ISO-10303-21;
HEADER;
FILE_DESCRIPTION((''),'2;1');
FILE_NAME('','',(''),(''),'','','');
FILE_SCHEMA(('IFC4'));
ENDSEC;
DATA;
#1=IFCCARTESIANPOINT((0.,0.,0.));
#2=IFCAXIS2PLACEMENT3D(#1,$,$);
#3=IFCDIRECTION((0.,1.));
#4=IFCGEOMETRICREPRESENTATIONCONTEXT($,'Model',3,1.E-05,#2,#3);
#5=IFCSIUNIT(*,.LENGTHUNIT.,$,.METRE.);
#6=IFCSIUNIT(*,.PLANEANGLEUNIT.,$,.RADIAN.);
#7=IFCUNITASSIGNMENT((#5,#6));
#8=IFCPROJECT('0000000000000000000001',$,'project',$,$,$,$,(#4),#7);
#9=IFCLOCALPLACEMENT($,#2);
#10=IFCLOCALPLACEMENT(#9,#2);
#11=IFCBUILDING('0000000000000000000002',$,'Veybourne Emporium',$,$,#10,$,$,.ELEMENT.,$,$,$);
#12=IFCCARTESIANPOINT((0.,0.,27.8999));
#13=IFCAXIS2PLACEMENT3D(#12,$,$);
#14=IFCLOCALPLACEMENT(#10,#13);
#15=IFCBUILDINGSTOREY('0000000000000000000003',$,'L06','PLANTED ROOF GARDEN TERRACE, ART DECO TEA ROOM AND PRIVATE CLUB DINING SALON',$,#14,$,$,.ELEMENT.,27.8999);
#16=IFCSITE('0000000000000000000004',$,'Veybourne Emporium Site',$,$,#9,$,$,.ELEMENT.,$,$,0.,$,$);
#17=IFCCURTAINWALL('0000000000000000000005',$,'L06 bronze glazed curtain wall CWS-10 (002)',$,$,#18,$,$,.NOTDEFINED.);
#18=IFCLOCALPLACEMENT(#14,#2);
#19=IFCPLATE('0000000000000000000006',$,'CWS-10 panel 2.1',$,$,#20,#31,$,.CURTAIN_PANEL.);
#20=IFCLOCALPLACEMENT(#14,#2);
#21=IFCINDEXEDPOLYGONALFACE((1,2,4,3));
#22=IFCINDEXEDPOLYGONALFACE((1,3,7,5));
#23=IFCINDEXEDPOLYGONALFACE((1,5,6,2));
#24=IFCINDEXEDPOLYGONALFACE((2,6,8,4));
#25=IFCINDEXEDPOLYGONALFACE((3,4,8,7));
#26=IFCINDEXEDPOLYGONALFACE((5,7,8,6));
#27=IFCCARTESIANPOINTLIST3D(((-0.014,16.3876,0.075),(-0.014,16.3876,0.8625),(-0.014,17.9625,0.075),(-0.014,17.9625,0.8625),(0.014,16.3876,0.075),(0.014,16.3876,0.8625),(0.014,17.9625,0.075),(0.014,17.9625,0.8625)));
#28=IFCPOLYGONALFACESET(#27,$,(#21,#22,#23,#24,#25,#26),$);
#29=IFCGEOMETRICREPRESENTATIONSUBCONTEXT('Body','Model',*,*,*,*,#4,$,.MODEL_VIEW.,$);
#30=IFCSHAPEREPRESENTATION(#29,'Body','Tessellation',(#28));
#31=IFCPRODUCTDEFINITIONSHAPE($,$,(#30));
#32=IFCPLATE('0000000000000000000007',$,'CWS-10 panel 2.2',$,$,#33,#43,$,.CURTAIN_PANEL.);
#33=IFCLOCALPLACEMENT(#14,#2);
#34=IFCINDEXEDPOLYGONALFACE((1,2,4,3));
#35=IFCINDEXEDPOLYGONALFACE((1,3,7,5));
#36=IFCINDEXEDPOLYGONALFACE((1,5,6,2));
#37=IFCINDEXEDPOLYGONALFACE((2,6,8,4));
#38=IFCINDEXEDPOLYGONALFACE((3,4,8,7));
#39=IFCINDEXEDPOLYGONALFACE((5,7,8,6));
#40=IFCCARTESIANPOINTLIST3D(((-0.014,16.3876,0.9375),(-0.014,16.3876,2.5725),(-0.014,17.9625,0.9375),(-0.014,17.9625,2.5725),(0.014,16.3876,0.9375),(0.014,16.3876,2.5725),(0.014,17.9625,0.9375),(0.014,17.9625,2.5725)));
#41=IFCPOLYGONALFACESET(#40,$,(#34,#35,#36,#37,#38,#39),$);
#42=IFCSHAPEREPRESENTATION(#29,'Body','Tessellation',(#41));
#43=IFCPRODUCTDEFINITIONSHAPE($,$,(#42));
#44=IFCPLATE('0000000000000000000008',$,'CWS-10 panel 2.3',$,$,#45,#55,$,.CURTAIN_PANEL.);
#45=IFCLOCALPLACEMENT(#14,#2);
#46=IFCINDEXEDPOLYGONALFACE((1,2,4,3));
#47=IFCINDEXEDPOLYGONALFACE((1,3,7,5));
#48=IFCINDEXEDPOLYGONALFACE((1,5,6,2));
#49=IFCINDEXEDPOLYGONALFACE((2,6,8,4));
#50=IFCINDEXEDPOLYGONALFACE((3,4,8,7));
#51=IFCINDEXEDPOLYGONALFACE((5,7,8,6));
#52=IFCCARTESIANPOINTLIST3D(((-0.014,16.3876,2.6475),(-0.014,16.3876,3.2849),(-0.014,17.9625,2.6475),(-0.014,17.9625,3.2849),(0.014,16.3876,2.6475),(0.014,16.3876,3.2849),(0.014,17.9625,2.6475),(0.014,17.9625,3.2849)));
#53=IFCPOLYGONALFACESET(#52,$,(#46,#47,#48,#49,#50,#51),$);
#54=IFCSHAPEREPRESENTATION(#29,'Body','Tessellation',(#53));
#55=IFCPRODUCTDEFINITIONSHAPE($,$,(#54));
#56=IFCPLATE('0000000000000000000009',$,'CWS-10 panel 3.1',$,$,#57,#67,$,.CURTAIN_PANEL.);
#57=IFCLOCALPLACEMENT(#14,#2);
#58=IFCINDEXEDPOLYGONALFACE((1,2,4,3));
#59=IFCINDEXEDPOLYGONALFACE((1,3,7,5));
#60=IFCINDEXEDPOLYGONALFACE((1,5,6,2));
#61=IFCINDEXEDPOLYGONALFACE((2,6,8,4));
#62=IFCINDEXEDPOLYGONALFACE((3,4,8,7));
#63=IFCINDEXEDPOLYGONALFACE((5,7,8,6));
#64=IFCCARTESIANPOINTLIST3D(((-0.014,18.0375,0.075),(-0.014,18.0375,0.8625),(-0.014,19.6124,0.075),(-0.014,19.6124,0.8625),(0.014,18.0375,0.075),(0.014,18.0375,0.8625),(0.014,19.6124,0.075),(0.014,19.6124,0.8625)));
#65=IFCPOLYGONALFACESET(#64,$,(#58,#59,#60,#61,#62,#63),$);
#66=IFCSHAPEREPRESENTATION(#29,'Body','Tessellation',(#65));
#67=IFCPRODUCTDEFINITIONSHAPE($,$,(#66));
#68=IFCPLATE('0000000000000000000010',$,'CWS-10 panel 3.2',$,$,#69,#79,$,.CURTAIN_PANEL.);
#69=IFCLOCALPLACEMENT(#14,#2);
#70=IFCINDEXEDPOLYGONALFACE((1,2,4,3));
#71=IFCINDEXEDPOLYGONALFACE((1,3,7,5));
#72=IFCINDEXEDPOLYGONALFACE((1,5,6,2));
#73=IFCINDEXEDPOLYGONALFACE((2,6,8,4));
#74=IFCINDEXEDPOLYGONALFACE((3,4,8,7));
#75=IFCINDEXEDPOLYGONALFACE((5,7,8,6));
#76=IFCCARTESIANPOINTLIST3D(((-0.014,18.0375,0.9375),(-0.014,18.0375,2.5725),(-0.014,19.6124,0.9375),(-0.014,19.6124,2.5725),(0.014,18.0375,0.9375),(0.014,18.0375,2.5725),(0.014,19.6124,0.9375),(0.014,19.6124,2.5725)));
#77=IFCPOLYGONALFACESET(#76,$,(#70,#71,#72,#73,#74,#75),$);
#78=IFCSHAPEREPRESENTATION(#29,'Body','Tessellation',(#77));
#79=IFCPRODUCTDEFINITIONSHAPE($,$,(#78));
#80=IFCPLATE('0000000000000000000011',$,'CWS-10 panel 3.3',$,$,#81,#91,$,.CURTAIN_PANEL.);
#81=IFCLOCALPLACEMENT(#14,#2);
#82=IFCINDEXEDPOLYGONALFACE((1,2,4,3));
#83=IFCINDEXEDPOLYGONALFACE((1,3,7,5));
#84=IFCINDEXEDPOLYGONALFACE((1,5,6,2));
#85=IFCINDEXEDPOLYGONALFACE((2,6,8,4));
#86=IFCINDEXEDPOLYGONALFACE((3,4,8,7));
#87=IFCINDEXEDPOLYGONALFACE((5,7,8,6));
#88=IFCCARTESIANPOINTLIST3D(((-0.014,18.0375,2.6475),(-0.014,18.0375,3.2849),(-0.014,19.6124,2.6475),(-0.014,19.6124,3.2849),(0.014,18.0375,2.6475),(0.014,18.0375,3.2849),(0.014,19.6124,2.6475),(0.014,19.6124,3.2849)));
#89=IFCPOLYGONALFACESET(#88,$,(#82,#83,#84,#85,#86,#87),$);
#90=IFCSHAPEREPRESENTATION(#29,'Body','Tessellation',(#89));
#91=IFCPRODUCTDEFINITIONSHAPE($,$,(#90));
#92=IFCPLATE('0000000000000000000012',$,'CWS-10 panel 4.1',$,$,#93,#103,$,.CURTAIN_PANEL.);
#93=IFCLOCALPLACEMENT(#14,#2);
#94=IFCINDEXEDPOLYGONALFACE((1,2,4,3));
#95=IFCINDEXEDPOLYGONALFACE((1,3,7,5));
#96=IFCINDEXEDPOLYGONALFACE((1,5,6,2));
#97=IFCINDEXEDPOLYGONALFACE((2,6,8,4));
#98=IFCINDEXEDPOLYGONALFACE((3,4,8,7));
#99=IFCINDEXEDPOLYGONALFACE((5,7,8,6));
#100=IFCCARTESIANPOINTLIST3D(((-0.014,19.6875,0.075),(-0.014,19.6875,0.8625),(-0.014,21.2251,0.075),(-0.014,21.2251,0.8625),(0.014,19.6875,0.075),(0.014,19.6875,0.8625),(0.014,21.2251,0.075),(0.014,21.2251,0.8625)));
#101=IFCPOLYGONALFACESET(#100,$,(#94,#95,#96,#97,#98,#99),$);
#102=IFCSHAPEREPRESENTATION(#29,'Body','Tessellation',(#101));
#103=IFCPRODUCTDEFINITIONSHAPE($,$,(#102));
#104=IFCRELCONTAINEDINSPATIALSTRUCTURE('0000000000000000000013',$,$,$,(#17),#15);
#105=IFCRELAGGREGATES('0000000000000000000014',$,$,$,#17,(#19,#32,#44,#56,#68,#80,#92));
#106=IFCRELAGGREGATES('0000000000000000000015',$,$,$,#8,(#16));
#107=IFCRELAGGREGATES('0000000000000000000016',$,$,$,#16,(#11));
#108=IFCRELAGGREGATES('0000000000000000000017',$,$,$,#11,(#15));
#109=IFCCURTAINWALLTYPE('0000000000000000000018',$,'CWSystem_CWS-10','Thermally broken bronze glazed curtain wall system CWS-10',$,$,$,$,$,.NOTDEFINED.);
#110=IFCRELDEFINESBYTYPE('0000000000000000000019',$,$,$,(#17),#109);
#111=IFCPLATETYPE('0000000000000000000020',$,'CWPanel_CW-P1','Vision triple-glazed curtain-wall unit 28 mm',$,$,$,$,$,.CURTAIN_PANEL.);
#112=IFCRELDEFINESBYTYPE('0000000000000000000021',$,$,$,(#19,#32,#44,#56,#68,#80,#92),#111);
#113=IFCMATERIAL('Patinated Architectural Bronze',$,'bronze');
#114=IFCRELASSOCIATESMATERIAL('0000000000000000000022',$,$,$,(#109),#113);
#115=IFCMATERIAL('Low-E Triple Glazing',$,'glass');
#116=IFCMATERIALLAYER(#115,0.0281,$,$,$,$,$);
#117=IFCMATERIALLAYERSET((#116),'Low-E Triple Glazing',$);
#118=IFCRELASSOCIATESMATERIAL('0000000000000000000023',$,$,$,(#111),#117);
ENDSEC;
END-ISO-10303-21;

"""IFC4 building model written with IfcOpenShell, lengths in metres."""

from ifc_helpers import new_model, si_unit, direction, frame, origin, origin_2d, place, context, subcontext, project, spatial, rectangle, extrude, material, layer, layer_set, type_object, element, aggregate, save


model = new_model("IFC4")

# Units and contexts
model_context = context("Model", 3, precision=1e-05, world=origin(), true_north=direction((0.0, 1.0)))
body_context = subcontext(model_context, "Body", "Model", "MODEL_VIEW")
ifc_project = project(units=[si_unit("LENGTHUNIT", "METRE"), si_unit("PLANEANGLEUNIT", "RADIAN")], contexts=[model_context])

# Site, building, storey
site_placement = place(None, origin())
site = spatial("IfcSite", under=ifc_project, at=site_placement, Name="Veybourne Emporium Site", CompositionType="ELEMENT", RefElevation=0.0)
building_placement = place(site_placement, origin())
building = spatial("IfcBuilding", under=site, at=building_placement, Name="Veybourne Emporium", CompositionType="ELEMENT")
storey_placement = place(building_placement, frame((0.0, 0.0, 27.8999)))
storey = spatial("IfcBuildingStorey", under=building, at=storey_placement, Name="L06", Description="PLANTED ROOF GARDEN TERRACE, ART DECO TEA ROOM AND PRIVATE CLUB DINING SALON", CompositionType="ELEMENT", Elevation=27.8999)

# Curtain wall
ifc_material_1 = material(Name="Patinated Architectural Bronze", Category="bronze")
curtain_wall_type = type_object("IfcCurtainWallType", Name="CWSystem_CWS-10", Description="Thermally broken bronze glazed curtain wall system CWS-10", PredefinedType="NOTDEFINED", material=ifc_material_1)
curtain_wall_placement = place(storey_placement, origin())
curtain_wall = element("IfcCurtainWall", 1, at=curtain_wall_placement, inside=storey, type_object=curtain_wall_type, Name="L06 bronze glazed curtain wall CWS-10 (002)", PredefinedType="NOTDEFINED")

# Plates
ifc_material_2 = material(Name="Low-E Triple Glazing", Category="glass")
ifc_layer_1 = layer(ifc_material_2, 0.0281)
ifc_layer_set_1 = layer_set([ifc_layer_1], Name="Low-E Triple Glazing")
plate_type = type_object("IfcPlateType", Name="CWPanel_CW-P1", Description="Vision triple-glazed curtain-wall unit 28 mm", PredefinedType="CURTAIN_PANEL", material=ifc_layer_set_1)
plate_1_placement = place(storey_placement, frame((0.0, 17.175, 0.075), z_axis=(0.0, 0.0, 1.0), x_axis=(0.0, 1.0, 0.0)))
plate_1 = element("IfcPlate", 2, at=plate_1_placement, type_object=plate_type, Name="CWS-10 panel 2.1", PredefinedType="CURTAIN_PANEL", context=body_context, shape_type="SweptSolid", body=[
    extrude(rectangle(XDim=1.575, YDim=0.0281, at=origin_2d()), origin(), (0.0, 0.0, 1.0), 0.7876),
])
plate_2_placement = place(storey_placement, frame((0.0, 17.175, 0.9375), z_axis=(0.0, 0.0, 1.0), x_axis=(0.0, 1.0, 0.0)))
plate_2 = element("IfcPlate", 3, at=plate_2_placement, type_object=plate_type, Name="CWS-10 panel 2.2", PredefinedType="CURTAIN_PANEL", context=body_context, shape_type="SweptSolid", body=[
    extrude(rectangle(XDim=1.575, YDim=0.0281, at=origin_2d()), origin(), (0.0, 0.0, 1.0), 1.635),
])
plate_3_placement = place(storey_placement, frame((0.0, 17.175, 2.6475), z_axis=(0.0, 0.0, 1.0), x_axis=(0.0, 1.0, 0.0)))
plate_3 = element("IfcPlate", 4, at=plate_3_placement, type_object=plate_type, Name="CWS-10 panel 2.3", PredefinedType="CURTAIN_PANEL", context=body_context, shape_type="SweptSolid", body=[
    extrude(rectangle(XDim=1.575, YDim=0.0281, at=origin_2d()), origin(), (0.0, 0.0, 1.0), 0.6375),
])
plate_4_placement = place(storey_placement, frame((0.0, 18.825, 0.075), z_axis=(0.0, 0.0, 1.0), x_axis=(0.0, 1.0, 0.0)))
plate_4 = element("IfcPlate", 5, at=plate_4_placement, type_object=plate_type, Name="CWS-10 panel 3.1", PredefinedType="CURTAIN_PANEL", context=body_context, shape_type="SweptSolid", body=[
    extrude(rectangle(XDim=1.575, YDim=0.0281, at=origin_2d()), origin(), (0.0, 0.0, 1.0), 0.7876),
])
plate_5_placement = place(storey_placement, frame((0.0, 18.825, 0.9375), z_axis=(0.0, 0.0, 1.0), x_axis=(0.0, 1.0, 0.0)))
plate_5 = element("IfcPlate", 6, at=plate_5_placement, type_object=plate_type, Name="CWS-10 panel 3.2", PredefinedType="CURTAIN_PANEL", context=body_context, shape_type="SweptSolid", body=[
    extrude(rectangle(XDim=1.575, YDim=0.0281, at=origin_2d()), origin(), (0.0, 0.0, 1.0), 1.635),
])
plate_6_placement = place(storey_placement, frame((0.0, 18.825, 2.6475), z_axis=(0.0, 0.0, 1.0), x_axis=(0.0, 1.0, 0.0)))
plate_6 = element("IfcPlate", 7, at=plate_6_placement, type_object=plate_type, Name="CWS-10 panel 3.3", PredefinedType="CURTAIN_PANEL", context=body_context, shape_type="SweptSolid", body=[
    extrude(rectangle(XDim=1.575, YDim=0.0281, at=origin_2d()), origin(), (0.0, 0.0, 1.0), 0.6375),
])
plate_7_placement = place(storey_placement, frame((0.0, 20.4563, 0.075), z_axis=(0.0, 0.0, 1.0), x_axis=(0.0, 1.0, 0.0)))
plate_7 = element("IfcPlate", 8, at=plate_7_placement, type_object=plate_type, Name="CWS-10 panel 4.1", PredefinedType="CURTAIN_PANEL", context=body_context, shape_type="SweptSolid", body=[
    extrude(rectangle(XDim=1.5376, YDim=0.0281, at=origin_2d()), origin(), (0.0, 0.0, 1.0), 0.7876),
])
aggregate(curtain_wall, [plate_1, plate_2, plate_3, plate_4, plate_5, plate_6, plate_7])

save(model, "model.ifc")
